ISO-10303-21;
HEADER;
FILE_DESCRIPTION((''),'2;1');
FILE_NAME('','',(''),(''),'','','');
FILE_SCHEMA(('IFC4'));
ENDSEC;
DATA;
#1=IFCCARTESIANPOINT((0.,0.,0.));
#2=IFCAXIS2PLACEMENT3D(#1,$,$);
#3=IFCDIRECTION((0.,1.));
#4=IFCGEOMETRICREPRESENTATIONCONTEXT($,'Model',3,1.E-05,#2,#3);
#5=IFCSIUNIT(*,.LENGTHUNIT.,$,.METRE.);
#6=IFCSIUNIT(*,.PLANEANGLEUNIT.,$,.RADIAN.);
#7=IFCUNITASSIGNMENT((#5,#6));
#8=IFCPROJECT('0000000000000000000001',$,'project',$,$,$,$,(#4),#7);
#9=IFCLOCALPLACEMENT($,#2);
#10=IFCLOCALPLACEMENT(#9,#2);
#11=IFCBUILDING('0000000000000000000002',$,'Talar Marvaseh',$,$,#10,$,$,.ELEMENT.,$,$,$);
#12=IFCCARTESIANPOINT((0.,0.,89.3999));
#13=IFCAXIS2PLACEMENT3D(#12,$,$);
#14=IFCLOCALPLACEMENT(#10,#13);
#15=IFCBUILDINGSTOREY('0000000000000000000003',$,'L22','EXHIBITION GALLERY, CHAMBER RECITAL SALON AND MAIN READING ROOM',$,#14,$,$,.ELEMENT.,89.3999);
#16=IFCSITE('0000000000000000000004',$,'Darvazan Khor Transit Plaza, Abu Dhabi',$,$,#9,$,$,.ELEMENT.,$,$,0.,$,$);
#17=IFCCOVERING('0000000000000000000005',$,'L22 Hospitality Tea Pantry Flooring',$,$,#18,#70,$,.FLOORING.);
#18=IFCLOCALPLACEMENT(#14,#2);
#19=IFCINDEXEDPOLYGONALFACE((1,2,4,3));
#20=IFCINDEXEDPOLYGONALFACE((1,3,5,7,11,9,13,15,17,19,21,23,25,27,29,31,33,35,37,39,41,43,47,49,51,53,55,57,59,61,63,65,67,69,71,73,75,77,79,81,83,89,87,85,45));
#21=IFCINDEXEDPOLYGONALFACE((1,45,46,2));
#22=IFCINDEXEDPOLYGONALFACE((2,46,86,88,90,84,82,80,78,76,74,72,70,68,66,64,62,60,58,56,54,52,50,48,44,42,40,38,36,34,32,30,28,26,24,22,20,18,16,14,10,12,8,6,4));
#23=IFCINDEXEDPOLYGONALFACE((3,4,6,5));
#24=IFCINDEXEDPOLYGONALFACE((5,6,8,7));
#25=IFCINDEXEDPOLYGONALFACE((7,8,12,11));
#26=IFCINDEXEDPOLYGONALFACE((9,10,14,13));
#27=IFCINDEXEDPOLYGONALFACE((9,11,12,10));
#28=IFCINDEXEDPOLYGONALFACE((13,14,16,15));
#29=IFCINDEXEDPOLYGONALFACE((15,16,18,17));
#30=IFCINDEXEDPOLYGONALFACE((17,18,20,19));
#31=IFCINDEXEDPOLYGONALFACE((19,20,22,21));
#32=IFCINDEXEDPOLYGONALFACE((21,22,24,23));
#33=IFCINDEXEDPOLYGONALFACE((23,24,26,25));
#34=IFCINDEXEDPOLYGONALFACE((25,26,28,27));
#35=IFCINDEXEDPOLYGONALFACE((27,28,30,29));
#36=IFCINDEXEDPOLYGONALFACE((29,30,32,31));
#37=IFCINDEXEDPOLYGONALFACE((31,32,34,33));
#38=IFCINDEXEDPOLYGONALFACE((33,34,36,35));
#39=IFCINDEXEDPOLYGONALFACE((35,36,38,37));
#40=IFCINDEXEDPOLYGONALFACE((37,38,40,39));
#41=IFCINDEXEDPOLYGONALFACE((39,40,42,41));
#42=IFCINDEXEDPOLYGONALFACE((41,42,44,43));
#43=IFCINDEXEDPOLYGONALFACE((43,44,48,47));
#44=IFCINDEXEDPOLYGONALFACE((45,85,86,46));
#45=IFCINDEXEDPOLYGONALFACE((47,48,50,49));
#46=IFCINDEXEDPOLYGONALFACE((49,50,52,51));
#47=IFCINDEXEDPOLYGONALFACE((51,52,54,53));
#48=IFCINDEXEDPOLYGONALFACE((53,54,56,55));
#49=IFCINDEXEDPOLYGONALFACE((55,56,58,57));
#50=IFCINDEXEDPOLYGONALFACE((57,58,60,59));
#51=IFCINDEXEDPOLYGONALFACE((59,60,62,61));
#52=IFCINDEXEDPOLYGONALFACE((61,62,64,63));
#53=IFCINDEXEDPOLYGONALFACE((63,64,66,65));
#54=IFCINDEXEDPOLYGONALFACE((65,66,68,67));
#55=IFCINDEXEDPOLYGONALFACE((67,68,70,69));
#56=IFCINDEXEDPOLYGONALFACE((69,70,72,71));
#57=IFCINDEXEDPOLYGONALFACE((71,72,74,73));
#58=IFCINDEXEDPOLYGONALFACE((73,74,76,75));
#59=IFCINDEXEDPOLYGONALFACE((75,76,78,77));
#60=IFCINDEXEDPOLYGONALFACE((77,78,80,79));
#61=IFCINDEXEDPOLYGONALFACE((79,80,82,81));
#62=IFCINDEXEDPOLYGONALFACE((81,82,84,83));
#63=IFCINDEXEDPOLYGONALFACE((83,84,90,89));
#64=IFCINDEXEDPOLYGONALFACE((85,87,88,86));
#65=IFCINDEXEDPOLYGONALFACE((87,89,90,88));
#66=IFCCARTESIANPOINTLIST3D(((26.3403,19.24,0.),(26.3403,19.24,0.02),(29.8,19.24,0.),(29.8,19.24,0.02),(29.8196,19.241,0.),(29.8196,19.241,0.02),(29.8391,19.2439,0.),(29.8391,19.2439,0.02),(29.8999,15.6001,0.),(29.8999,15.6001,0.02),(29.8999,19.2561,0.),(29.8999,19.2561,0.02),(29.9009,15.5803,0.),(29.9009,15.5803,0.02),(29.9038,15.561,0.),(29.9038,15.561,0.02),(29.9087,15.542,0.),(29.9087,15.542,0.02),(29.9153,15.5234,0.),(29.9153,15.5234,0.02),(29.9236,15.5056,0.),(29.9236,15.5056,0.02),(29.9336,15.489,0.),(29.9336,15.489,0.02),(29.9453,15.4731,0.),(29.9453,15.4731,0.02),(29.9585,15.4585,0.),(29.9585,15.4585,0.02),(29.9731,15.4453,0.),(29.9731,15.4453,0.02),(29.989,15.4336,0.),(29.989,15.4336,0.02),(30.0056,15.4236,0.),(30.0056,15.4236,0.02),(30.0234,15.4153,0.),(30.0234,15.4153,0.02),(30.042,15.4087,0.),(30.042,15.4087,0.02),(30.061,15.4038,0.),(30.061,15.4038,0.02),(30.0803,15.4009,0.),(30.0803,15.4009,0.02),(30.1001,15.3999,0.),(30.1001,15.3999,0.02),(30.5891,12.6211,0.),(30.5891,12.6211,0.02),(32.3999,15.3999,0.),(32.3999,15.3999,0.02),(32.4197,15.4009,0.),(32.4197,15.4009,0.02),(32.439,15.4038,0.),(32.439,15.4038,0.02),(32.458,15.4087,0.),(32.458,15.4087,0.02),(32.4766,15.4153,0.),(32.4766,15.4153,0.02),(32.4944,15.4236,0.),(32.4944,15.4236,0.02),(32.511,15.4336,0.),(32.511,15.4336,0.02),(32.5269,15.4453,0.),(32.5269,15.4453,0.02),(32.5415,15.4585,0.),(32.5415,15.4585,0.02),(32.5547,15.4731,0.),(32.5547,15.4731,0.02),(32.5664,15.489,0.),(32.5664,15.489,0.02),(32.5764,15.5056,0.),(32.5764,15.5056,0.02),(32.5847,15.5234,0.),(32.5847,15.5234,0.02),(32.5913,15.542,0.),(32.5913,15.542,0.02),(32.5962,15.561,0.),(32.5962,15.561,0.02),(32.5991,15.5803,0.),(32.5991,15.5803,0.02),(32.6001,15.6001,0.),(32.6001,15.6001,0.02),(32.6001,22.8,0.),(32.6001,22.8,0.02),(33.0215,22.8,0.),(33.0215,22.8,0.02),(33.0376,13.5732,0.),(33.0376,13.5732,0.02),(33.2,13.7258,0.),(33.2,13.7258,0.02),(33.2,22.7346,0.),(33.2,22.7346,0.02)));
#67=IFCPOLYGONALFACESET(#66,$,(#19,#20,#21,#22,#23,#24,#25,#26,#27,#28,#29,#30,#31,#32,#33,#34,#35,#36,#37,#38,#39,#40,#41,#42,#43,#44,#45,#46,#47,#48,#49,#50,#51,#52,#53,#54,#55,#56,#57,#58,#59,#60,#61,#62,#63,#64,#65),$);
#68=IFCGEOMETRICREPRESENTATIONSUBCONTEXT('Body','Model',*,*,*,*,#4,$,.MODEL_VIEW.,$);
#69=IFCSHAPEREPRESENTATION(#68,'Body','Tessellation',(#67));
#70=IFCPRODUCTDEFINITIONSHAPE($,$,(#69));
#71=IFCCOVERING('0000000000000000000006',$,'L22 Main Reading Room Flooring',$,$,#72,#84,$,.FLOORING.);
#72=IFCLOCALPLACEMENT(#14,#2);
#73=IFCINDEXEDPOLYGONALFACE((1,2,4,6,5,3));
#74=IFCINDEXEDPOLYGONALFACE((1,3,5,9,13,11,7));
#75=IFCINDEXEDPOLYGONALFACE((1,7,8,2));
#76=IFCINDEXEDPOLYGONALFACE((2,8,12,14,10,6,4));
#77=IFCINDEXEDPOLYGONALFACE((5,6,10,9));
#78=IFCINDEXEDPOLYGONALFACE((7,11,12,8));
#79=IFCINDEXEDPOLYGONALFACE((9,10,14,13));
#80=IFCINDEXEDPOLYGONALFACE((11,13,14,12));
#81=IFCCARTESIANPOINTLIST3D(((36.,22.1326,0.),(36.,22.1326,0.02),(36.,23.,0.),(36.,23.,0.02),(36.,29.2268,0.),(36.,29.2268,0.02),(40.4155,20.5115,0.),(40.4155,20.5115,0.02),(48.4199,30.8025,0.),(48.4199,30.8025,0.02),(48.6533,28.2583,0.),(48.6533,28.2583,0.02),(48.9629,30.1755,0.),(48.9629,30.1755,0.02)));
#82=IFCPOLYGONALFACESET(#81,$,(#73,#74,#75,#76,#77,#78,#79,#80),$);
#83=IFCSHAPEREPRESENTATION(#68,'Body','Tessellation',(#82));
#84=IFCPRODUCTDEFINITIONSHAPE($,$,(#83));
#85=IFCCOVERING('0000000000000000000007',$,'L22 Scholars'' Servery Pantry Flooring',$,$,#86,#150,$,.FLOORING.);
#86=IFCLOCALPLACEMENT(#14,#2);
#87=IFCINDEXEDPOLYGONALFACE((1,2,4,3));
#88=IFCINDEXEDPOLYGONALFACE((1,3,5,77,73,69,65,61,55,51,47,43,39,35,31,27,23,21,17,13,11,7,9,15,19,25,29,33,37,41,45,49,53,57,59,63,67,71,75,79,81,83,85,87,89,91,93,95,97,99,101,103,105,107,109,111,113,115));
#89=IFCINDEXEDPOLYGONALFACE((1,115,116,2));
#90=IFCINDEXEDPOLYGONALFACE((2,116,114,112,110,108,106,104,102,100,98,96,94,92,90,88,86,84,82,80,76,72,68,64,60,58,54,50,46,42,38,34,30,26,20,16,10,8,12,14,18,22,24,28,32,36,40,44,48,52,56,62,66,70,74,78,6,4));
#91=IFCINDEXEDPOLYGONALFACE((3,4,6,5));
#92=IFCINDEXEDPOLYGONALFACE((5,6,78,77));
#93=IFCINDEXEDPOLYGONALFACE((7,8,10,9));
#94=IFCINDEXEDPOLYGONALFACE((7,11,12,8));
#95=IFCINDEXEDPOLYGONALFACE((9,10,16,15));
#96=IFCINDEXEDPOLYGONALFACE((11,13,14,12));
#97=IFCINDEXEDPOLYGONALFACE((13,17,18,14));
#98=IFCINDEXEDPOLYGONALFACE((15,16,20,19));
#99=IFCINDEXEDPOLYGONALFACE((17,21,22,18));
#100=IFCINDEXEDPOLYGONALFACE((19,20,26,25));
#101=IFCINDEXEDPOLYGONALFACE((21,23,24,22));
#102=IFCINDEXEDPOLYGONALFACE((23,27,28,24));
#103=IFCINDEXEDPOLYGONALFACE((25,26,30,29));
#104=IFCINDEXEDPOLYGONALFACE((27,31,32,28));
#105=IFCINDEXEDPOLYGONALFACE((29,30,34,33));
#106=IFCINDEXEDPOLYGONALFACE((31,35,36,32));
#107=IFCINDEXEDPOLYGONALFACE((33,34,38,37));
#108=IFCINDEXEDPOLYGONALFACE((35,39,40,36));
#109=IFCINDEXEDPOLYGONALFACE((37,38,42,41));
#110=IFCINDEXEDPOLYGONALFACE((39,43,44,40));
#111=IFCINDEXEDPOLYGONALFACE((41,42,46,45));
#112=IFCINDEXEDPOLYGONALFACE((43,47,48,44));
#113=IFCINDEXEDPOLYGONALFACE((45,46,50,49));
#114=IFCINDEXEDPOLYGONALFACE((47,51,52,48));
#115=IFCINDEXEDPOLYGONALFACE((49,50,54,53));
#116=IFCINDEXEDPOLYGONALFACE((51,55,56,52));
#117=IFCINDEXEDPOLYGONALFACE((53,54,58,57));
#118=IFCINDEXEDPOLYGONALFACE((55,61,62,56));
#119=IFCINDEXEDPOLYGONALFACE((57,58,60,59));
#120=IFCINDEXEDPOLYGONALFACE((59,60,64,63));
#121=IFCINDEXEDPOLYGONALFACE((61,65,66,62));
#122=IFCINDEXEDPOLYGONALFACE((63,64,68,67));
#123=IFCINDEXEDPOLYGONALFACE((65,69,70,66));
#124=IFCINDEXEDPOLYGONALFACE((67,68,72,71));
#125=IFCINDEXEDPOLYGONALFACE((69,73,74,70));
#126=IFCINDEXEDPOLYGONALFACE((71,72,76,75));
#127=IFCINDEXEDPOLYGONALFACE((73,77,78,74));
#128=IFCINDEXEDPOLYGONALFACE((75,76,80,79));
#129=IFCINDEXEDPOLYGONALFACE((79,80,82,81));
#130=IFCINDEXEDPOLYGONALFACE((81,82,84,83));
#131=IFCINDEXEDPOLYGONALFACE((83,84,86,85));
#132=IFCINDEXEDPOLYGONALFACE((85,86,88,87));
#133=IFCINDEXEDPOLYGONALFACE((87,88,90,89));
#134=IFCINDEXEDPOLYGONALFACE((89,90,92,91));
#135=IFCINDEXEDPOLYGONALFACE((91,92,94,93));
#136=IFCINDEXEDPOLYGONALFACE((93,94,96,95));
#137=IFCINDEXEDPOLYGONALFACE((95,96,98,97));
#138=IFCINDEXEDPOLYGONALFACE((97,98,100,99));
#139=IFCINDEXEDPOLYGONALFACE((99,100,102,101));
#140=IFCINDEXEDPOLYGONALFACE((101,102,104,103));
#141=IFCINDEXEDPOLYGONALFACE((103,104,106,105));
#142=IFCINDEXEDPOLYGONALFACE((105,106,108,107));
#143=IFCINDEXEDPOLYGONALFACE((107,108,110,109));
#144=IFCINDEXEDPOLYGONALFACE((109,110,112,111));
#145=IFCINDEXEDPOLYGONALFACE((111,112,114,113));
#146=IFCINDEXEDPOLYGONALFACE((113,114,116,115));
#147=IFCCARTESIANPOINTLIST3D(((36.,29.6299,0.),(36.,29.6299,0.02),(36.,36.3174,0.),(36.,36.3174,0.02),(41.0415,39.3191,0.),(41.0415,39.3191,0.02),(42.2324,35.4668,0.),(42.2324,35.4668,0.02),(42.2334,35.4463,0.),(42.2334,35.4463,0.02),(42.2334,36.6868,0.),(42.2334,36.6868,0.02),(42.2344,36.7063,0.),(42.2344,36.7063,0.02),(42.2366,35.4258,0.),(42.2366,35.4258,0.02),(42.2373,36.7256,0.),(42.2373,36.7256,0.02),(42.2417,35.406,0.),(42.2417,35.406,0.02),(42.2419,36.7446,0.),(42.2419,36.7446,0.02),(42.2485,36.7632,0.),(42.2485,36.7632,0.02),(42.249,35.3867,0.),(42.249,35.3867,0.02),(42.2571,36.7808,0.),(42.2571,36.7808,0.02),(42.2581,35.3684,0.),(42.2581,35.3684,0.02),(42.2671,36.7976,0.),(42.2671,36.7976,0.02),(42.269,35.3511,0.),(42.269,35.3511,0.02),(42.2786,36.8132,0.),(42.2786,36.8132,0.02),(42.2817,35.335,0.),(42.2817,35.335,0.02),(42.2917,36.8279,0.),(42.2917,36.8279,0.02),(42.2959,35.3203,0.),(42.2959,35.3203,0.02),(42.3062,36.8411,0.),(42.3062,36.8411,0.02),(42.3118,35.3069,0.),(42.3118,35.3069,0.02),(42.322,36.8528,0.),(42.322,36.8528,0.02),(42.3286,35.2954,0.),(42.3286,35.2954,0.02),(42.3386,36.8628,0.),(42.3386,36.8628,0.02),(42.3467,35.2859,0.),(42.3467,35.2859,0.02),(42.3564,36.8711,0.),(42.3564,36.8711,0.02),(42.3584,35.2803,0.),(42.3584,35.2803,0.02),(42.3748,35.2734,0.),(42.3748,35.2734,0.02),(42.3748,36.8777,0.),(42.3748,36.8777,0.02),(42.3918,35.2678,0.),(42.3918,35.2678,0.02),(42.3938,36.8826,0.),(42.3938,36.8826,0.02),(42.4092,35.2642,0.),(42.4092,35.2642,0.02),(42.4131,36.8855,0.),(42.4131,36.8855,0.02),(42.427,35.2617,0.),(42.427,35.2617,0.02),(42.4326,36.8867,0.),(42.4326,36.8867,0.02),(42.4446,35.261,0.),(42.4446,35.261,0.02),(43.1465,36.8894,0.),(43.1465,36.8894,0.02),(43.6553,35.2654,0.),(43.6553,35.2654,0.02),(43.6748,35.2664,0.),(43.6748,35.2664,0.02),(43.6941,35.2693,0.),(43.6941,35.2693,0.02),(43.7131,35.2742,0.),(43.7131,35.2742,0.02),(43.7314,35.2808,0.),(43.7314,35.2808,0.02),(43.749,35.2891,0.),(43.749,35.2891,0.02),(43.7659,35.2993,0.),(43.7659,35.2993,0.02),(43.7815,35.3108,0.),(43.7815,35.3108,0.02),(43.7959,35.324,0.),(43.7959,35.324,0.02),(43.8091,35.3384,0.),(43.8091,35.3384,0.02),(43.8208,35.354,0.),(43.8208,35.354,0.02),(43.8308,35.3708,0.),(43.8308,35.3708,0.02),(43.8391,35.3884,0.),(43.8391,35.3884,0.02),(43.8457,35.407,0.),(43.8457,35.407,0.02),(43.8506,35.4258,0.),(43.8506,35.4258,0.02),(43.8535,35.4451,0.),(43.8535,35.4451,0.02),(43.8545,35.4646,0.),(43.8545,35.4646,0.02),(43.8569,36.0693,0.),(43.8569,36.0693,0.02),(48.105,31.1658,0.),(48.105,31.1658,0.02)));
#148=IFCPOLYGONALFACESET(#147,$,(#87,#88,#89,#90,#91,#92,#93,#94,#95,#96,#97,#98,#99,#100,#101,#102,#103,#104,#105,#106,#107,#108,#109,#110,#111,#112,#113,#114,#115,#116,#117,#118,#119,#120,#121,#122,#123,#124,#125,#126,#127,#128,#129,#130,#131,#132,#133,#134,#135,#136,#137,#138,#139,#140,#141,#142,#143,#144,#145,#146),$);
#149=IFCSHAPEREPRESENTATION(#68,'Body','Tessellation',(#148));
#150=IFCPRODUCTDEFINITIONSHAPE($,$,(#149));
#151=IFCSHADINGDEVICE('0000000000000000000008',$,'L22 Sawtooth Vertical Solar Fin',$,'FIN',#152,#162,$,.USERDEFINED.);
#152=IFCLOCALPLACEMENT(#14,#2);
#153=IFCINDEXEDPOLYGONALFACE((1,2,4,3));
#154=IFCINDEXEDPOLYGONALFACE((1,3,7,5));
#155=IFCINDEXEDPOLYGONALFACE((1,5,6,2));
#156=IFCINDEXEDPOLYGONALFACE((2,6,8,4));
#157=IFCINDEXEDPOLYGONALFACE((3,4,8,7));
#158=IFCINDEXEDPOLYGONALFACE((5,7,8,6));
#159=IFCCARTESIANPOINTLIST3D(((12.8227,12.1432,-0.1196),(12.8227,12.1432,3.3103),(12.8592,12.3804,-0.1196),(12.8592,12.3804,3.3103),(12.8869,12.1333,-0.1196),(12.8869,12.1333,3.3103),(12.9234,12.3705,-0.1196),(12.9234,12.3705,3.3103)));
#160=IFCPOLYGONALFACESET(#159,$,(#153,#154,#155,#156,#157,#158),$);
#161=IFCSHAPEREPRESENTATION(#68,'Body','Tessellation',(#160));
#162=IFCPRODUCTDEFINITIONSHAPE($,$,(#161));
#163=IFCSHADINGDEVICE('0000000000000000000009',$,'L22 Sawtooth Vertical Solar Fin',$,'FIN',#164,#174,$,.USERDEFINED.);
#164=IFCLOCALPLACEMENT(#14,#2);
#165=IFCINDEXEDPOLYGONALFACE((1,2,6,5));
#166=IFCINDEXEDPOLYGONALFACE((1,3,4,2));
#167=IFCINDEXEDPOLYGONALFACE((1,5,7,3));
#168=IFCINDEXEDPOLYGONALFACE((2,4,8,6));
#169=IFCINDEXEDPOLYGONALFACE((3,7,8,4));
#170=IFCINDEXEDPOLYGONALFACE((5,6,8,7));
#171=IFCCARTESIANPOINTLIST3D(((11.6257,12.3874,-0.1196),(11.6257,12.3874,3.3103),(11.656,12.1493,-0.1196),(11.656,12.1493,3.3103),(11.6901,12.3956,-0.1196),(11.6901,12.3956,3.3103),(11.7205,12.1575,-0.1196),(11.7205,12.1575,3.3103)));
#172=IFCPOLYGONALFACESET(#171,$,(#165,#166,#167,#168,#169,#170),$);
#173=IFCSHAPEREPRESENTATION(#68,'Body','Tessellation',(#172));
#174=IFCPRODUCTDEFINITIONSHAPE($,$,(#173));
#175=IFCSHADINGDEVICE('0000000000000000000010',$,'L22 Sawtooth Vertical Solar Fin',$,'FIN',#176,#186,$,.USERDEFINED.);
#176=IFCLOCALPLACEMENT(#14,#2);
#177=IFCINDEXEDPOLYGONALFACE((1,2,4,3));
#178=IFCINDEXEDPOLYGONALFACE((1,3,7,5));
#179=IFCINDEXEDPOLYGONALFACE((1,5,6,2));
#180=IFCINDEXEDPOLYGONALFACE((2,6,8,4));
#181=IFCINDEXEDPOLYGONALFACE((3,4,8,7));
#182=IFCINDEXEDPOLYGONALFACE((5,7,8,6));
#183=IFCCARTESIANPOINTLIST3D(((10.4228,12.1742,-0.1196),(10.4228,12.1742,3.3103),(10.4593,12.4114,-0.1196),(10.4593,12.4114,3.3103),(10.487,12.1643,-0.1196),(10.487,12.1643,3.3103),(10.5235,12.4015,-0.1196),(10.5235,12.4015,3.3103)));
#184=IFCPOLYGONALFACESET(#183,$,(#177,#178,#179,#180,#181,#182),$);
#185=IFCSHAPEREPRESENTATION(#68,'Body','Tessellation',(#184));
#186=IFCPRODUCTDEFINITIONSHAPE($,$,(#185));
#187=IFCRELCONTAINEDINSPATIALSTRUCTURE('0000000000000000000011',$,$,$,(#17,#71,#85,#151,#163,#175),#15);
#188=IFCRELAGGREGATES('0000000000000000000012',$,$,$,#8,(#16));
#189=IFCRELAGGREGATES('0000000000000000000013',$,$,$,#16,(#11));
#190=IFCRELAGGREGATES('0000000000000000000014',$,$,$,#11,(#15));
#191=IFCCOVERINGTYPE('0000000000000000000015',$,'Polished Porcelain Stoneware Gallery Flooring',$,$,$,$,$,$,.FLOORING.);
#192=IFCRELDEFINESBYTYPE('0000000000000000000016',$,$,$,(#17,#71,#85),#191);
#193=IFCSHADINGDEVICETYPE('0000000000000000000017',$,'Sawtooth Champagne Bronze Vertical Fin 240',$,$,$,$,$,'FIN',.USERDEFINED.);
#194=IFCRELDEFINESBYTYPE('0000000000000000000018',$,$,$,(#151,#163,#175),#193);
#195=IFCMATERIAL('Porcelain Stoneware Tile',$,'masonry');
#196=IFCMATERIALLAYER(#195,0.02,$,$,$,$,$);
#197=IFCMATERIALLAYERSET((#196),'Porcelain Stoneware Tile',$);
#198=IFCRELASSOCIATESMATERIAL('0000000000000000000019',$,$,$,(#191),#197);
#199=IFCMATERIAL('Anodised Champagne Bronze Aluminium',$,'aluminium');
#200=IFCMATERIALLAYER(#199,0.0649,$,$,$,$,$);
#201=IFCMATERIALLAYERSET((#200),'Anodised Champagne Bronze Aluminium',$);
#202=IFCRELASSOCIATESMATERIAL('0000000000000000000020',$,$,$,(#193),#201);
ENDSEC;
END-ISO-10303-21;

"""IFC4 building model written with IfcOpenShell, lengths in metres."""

from ifc_helpers import new_model, si_unit, direction, frame, origin, origin_2d, place, context, subcontext, project, spatial, polyline, rectangle, outline, extrude, source, transform, mapped, material, layer, layer_set, type_object, type_shapes, element, save


model = new_model("IFC4")

# Units and contexts
model_context = context("Model", 3, precision=1e-05, world=origin(), true_north=direction((0.0, 1.0)))
body_context = subcontext(model_context, "Body", "Model", "MODEL_VIEW")
ifc_project = project(units=[si_unit("LENGTHUNIT", "METRE"), si_unit("PLANEANGLEUNIT", "RADIAN")], contexts=[model_context])

# Site, building, storey
site_placement = place(None, origin())
site = spatial("IfcSite", under=ifc_project, at=site_placement, Name="Darvazan Khor Transit Plaza, Abu Dhabi", CompositionType="ELEMENT", RefElevation=0.0)
building_placement = place(site_placement, origin())
building = spatial("IfcBuilding", under=site, at=building_placement, Name="Talar Marvaseh", CompositionType="ELEMENT")
storey_placement = place(building_placement, frame((0.0, 0.0, 89.3999)))
storey = spatial("IfcBuildingStorey", under=building, at=storey_placement, Name="L22", Description="EXHIBITION GALLERY, CHAMBER RECITAL SALON AND MAIN READING ROOM", CompositionType="ELEMENT", Elevation=89.3999)

# Coverings
ifc_material_1 = material(Name="Porcelain Stoneware Tile", Category="masonry")
ifc_layer_1 = layer(ifc_material_1, 0.02)
ifc_layer_set_1 = layer_set([ifc_layer_1], Name="Porcelain Stoneware Tile")
covering_type_1 = type_object("IfcCoveringType", Name="Polished Porcelain Stoneware Gallery Flooring", PredefinedType="FLOORING", material=ifc_layer_set_1)
covering_1_placement = place(storey_placement, origin())
element("IfcCovering", 1, at=covering_1_placement, inside=storey, type_object=covering_type_1, Name="L22 Hospitality Tea Pantry Flooring", PredefinedType="FLOORING", context=body_context, shape_type="SweptSolid", body=[
    extrude(outline(polyline([(29.9009, 15.5803), (29.9038, 15.561), (29.9087, 15.542), (29.9153, 15.5234), (29.9236, 15.5056), (29.9336, 15.489), (29.9453, 15.4731), (29.9585, 15.4585), (29.9731, 15.4453), (29.989, 15.4336), (30.0056, 15.4236), (30.0234, 15.4153), (30.042, 15.4087), (30.061, 15.4038), (30.0803, 15.4009), (30.1001, 15.3999), (32.3999, 15.3999), (32.4197, 15.4009), (32.439, 15.4038), (32.458, 15.4087), (32.4766, 15.4153), (32.4944, 15.4236), (32.511, 15.4336), (32.5269, 15.4453), (32.5415, 15.4585), (32.5547, 15.4731), (32.5664, 15.489), (32.5764, 15.5056), (32.5847, 15.5234), (32.5913, 15.542), (32.5962, 15.561), (32.5991, 15.5803), (32.6001, 15.6001), (32.6001, 22.8), (33.0215, 22.8), (33.2, 22.7346), (33.2, 13.7258), (33.0376, 13.5732), (30.5891, 12.6211), (26.3403, 19.24), (29.8, 19.24), (29.8196, 19.241), (29.8391, 19.2439), (29.8999, 19.2561), (29.8999, 15.6001), (29.9009, 15.5803)])), origin(), (0.0, 0.0, 1.0), 0.02),
])
covering_2_placement = place(storey_placement, origin())
element("IfcCovering", 2, at=covering_2_placement, inside=storey, type_object=covering_type_1, Name="L22 Main Reading Room Flooring", PredefinedType="FLOORING", context=body_context, shape_type="SweptSolid", body=[
    extrude(outline(polyline([(36.0, 22.1326), (36.0, 23.0), (36.0, 29.2268), (48.4199, 30.8025), (48.9629, 30.1755), (48.6533, 28.2583), (40.4155, 20.5115), (36.0, 22.1326)])), origin(), (0.0, 0.0, 1.0), 0.02),
])
covering_3_placement = place(storey_placement, origin())
element("IfcCovering", 3, at=covering_3_placement, inside=storey, type_object=covering_type_1, Name="L22 Scholars' Servery Pantry Flooring", PredefinedType="FLOORING", context=body_context, shape_type="SweptSolid", body=[
    extrude(outline(polyline([(42.3938, 36.8826), (42.3748, 36.8777), (42.3564, 36.8711), (42.3386, 36.8628), (42.322, 36.8528), (42.3062, 36.8411), (42.2917, 36.8279), (42.2786, 36.8132), (42.2671, 36.7976), (42.2571, 36.7808), (42.2485, 36.7632), (42.2419, 36.7446), (42.2373, 36.7256), (42.2344, 36.7063), (42.2334, 36.6868), (42.2324, 35.4668), (42.2334, 35.4463), (42.2366, 35.4258), (42.2417, 35.406), (42.249, 35.3867), (42.2581, 35.3684), (42.269, 35.3511), (42.2817, 35.335), (42.2959, 35.3203), (42.3118, 35.3069), (42.3286, 35.2954), (42.3467, 35.2859), (42.3584, 35.2803), (42.3748, 35.2734), (42.3918, 35.2678), (42.4092, 35.2642), (42.427, 35.2617), (42.4446, 35.261), (43.6553, 35.2654), (43.6748, 35.2664), (43.6941, 35.2693), (43.7131, 35.2742), (43.7314, 35.2808), (43.749, 35.2891), (43.7659, 35.2993), (43.7815, 35.3108), (43.7959, 35.324), (43.8091, 35.3384), (43.8208, 35.354), (43.8308, 35.3708), (43.8391, 35.3884), (43.8457, 35.407), (43.8506, 35.4258), (43.8535, 35.4451), (43.8545, 35.4646), (43.8569, 36.0693), (48.105, 31.1658), (36.0, 29.6299), (36.0, 36.3174), (41.0415, 39.3191), (43.1465, 36.8894), (42.4326, 36.8867), (42.4131, 36.8855), (42.3938, 36.8826)])), origin(), (0.0, 0.0, 1.0), 0.02),
])

# Shading devices
ifc_material_2 = material(Name="Anodised Champagne Bronze Aluminium", Category="aluminium")
ifc_layer_2 = layer(ifc_material_2, 0.0649)
ifc_layer_set_2 = layer_set([ifc_layer_2], Name="Anodised Champagne Bronze Aluminium")
shading_device_type = type_object("IfcShadingDeviceType", Name="Sawtooth Champagne Bronze Vertical Fin 240", ElementType="FIN", PredefinedType="USERDEFINED", material=ifc_layer_set_2)
shared_shape_1 = source(origin(), body_context, "Body", "SweptSolid", [
    extrude(rectangle(XDim=0.24, YDim=0.0649, at=origin_2d()), origin(), (0.0, 0.0, 1.0), 3.4299),
])
type_shapes(shading_device_type, [shared_shape_1])
for number, where, z_axis, x_axis, name in (
    (4, (12.873, 12.2568, -0.1196), (0.0, 0.0, 1.0), (-0.151951, -0.988388, 0.0), "L22 Sawtooth Vertical Solar Fin"),
    (5, (11.6731, 12.2725, -0.1196), (0.0, 0.0, 1.0), (0.126372, -0.991983, 0.0), "L22 Sawtooth Vertical Solar Fin"),
    (6, (10.4731, 12.2878, -0.1196), (0.0, 0.0, 1.0), (-0.151951, -0.988388, 0.0), "L22 Sawtooth Vertical Solar Fin"),
):
    element("IfcShadingDevice", number, at=place(storey_placement, frame(where, z_axis=z_axis, x_axis=x_axis)), inside=storey, type_object=shading_device_type, Name=name, ObjectType="FIN", PredefinedType="USERDEFINED", context=body_context, shape_type="MappedRepresentation", body=[
        mapped(shared_shape_1, transform((0.0, 0.0, 0.0), x_axis=(1.0, 0.0, 0.0), y_axis=(0.0, 1.0, 0.0), z_axis=(0.0, 0.0, 1.0), scale=1.0)),
    ])

save(model, "model.ifc")
